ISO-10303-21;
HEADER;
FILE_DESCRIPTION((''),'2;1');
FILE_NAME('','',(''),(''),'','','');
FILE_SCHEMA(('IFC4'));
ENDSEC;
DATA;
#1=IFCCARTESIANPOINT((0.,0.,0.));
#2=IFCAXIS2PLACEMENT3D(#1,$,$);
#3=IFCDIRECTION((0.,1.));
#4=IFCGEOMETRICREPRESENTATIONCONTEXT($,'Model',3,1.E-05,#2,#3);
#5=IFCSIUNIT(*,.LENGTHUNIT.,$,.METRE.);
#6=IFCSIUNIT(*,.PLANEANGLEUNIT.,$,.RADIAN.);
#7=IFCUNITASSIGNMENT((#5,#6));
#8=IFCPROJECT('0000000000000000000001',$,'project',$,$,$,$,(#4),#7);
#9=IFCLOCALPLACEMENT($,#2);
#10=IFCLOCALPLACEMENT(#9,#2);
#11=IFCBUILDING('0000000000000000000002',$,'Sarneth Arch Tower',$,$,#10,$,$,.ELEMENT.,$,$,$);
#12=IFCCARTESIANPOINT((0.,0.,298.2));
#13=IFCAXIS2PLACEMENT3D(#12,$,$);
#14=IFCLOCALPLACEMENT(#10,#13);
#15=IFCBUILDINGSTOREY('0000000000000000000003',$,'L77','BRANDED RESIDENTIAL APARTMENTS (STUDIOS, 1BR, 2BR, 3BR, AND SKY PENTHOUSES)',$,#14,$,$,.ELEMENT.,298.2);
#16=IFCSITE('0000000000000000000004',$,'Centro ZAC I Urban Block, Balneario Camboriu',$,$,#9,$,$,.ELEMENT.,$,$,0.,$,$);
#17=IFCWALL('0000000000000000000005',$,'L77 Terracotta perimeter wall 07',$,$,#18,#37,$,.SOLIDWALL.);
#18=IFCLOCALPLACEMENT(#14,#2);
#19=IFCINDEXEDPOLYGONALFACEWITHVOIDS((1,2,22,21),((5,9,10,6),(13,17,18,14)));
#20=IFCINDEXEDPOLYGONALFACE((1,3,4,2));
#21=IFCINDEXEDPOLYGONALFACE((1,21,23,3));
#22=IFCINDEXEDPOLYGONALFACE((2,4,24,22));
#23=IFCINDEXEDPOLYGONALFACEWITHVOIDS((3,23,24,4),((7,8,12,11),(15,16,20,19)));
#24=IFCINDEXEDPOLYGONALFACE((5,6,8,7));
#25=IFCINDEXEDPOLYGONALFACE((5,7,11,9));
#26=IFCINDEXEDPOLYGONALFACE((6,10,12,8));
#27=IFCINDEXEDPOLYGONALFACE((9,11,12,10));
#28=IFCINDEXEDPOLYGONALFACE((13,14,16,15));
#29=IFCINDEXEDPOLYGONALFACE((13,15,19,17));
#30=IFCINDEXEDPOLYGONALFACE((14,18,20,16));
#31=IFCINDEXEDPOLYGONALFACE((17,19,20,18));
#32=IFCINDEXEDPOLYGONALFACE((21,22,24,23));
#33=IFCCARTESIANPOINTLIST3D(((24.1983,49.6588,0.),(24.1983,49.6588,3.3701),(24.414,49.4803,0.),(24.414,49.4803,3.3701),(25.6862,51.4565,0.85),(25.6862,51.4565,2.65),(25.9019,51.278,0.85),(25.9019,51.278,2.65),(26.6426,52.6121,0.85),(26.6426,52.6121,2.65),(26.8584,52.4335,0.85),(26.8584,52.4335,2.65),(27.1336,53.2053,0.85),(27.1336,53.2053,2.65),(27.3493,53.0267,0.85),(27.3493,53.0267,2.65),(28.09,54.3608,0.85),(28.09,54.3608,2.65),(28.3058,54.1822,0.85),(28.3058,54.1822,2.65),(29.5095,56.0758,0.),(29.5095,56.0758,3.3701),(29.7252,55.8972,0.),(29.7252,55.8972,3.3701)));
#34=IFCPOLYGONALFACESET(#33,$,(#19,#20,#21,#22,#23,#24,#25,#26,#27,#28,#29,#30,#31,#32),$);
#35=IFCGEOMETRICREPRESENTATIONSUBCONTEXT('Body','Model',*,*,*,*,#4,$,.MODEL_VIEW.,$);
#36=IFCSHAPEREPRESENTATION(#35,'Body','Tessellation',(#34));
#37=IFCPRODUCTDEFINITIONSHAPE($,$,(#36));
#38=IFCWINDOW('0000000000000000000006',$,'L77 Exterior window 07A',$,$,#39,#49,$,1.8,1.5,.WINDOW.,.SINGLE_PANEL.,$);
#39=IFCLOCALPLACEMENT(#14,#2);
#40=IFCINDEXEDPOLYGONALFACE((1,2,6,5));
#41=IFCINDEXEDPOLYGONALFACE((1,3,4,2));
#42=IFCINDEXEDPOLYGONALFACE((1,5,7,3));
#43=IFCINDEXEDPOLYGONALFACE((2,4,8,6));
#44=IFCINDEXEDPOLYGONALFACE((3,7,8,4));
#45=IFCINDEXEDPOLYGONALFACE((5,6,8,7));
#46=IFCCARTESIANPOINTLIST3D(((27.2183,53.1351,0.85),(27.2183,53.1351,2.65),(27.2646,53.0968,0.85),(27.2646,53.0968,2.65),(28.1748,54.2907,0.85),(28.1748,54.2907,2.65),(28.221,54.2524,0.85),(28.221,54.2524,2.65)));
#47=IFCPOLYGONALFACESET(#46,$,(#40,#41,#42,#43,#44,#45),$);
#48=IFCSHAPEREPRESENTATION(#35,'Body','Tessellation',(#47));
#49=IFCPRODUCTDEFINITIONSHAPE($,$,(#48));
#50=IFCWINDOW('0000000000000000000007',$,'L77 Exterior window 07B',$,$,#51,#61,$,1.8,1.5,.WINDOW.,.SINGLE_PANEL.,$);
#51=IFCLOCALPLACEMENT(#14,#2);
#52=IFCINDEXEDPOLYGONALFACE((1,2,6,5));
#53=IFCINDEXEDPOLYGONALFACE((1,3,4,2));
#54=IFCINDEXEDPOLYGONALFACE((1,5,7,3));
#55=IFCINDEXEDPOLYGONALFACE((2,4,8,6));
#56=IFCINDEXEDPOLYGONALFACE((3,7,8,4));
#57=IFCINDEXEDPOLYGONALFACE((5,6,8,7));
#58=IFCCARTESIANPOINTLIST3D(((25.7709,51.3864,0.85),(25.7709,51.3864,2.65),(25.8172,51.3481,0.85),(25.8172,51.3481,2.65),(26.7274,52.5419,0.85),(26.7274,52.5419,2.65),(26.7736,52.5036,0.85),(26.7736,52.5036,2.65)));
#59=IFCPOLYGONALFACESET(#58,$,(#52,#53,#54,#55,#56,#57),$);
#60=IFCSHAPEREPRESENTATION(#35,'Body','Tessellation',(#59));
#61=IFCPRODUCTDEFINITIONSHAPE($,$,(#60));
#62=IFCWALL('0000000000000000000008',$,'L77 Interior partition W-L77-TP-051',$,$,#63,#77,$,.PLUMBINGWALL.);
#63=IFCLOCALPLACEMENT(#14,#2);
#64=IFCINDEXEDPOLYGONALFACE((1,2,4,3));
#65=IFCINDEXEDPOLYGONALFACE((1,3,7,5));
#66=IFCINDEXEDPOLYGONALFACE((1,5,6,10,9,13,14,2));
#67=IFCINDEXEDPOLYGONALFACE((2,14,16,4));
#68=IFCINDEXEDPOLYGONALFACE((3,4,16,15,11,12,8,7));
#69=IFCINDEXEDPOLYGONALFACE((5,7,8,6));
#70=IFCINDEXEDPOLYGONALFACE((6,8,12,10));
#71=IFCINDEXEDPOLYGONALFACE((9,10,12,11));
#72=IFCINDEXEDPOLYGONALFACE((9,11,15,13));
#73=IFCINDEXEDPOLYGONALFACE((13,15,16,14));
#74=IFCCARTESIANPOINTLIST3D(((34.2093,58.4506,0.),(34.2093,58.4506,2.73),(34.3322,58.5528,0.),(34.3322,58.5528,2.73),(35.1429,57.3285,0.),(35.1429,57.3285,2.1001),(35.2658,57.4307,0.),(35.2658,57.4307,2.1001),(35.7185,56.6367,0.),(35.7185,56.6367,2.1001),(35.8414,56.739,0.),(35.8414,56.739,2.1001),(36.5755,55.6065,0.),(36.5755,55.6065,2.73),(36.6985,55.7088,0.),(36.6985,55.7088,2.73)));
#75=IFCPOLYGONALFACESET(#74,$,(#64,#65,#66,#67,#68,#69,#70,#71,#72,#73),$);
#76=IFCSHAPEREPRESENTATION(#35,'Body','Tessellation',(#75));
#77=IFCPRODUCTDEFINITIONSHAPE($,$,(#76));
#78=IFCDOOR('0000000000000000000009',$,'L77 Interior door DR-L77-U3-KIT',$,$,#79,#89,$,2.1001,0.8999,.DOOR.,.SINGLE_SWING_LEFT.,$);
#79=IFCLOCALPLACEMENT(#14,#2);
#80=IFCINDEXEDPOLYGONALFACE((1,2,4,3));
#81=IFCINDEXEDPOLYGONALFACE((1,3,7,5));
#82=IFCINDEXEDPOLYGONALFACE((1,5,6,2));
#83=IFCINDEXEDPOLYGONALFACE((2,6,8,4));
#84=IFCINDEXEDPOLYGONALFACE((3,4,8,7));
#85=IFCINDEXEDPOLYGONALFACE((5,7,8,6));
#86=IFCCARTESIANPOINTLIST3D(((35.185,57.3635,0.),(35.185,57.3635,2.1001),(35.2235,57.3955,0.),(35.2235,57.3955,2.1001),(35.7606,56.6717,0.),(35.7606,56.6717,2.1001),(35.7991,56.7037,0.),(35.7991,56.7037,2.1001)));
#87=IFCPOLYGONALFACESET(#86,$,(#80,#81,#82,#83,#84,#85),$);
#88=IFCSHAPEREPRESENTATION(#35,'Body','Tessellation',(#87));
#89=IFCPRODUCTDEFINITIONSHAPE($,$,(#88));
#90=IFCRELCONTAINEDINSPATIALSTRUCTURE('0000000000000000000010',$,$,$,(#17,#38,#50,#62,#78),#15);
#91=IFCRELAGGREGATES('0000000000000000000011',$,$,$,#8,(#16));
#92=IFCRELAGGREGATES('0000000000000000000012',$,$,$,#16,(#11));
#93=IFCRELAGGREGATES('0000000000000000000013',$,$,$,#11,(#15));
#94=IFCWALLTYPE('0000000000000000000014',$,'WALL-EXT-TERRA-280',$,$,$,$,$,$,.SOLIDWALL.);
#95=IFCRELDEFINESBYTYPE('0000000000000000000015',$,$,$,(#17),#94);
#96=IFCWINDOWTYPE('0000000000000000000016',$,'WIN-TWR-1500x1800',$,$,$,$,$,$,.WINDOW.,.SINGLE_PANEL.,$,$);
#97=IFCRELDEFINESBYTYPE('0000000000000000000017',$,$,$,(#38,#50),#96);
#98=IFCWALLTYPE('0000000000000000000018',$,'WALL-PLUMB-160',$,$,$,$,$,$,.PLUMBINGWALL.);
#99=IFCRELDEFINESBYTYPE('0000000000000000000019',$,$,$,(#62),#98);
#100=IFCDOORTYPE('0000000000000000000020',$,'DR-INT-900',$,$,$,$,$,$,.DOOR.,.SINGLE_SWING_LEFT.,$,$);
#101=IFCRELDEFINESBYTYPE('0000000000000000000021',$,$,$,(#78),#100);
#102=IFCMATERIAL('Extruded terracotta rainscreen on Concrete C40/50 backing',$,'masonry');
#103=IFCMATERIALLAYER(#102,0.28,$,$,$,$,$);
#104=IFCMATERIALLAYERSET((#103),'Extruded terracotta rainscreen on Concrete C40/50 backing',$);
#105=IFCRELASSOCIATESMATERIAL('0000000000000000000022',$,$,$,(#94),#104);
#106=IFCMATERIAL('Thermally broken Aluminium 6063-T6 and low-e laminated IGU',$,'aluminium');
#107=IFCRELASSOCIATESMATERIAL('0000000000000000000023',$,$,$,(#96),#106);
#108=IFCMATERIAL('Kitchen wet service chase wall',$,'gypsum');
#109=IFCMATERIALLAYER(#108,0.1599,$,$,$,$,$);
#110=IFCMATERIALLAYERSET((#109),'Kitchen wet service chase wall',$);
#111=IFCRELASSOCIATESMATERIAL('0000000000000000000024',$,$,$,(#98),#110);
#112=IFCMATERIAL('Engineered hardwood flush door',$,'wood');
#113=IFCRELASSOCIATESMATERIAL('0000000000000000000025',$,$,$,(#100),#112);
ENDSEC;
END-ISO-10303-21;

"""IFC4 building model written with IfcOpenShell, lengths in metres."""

from ifc_helpers import new_model, si_unit, direction, frame, frame_2d, origin, place, context, subcontext, project, spatial, rectangle, extrude, material, layer, layer_set, type_object, element, fill, save


model = new_model("IFC4")

# Units and contexts
model_context = context("Model", 3, precision=1e-05, world=origin(), true_north=direction((0.0, 1.0)))
body_context = subcontext(model_context, "Body", "Model", "MODEL_VIEW")
ifc_project = project(units=[si_unit("LENGTHUNIT", "METRE"), si_unit("PLANEANGLEUNIT", "RADIAN")], contexts=[model_context])

# Site, building, storey
site_placement = place(None, origin())
site = spatial("IfcSite", under=ifc_project, at=site_placement, Name="Centro ZAC I Urban Block, Balneario Camboriu", CompositionType="ELEMENT", RefElevation=0.0)
building_placement = place(site_placement, origin())
building = spatial("IfcBuilding", under=site, at=building_placement, Name="Sarneth Arch Tower", CompositionType="ELEMENT")
storey_placement = place(building_placement, frame((0.0, 0.0, 298.2)))
storey = spatial("IfcBuildingStorey", under=building, at=storey_placement, Name="L77", Description="BRANDED RESIDENTIAL APARTMENTS (STUDIOS, 1BR, 2BR, 3BR, AND SKY PENTHOUSES)", CompositionType="ELEMENT", Elevation=298.2)

# Wall, openings, windows
ifc_material_1 = material(Name="Extruded terracotta rainscreen on Concrete C40/50 backing", Category="masonry")
ifc_layer_1 = layer(ifc_material_1, 0.28)
ifc_layer_set_1 = layer_set([ifc_layer_1], Name="Extruded terracotta rainscreen on Concrete C40/50 backing")
wall_type_1 = type_object("IfcWallType", Name="WALL-EXT-TERRA-280", PredefinedType="SOLIDWALL", material=ifc_layer_set_1)
wall_1_placement = place(storey_placement, frame((29.6174, 55.9866, 0.0), z_axis=(0.0, 0.0, 1.0), x_axis=(-0.637615, -0.770355, 0.0)))
wall_1 = element("IfcWall", 1, at=wall_1_placement, inside=storey, type_object=wall_type_1, Name="L77 Terracotta perimeter wall 07", PredefinedType="SOLIDWALL", context=body_context, shape_type="SweptSolid", body=[
    extrude(rectangle(XDim=8.3298, YDim=0.28, at=frame_2d((4.165, 0.0))), origin(), (0.0, 0.0, 1.0), 3.3701),
])
opening_1_placement = place(wall_1_placement, frame((2.2263, 0.0, 0.8501)))
opening_1 = element("IfcOpeningElement", 2, at=opening_1_placement, cuts=wall_1, PredefinedType="OPENING", context=body_context, shape_type="SweptSolid", body=[
    extrude(rectangle(XDim=1.5, YDim=1.8, at=frame_2d((0.75, 0.8999))), frame((0.0, 0.1499, 0.0), z_axis=(0.0, -1.0, 0.0), x_axis=(1.0, 0.0, 0.0)), (0.0, 0.0, 1.0), 0.3),
])
opening_2_placement = place(wall_1_placement, frame((4.4963, 0.0, 0.8501)))
opening_2 = element("IfcOpeningElement", 3, at=opening_2_placement, cuts=wall_1, PredefinedType="OPENING", context=body_context, shape_type="SweptSolid", body=[
    extrude(rectangle(XDim=1.5, YDim=1.8, at=frame_2d((0.75, 0.8999))), frame((0.0, 0.1499, 0.0), z_axis=(0.0, -1.0, 0.0), x_axis=(1.0, 0.0, 0.0)), (0.0, 0.0, 1.0), 0.3),
])
ifc_material_2 = material(Name="Thermally broken Aluminium 6063-T6 and low-e laminated IGU", Category="aluminium")
window_type = type_object("IfcWindowType", Name="WIN-TWR-1500x1800", PartitioningType="SINGLE_PANEL", PredefinedType="WINDOW", material=ifc_material_2)
window_1_placement = place(opening_1_placement, origin())
window_1 = element("IfcWindow", 4, at=window_1_placement, inside=storey, type_object=window_type, Name="L77 Exterior window 07A", OverallHeight=1.8, OverallWidth=1.5, PartitioningType="SINGLE_PANEL", PredefinedType="WINDOW", context=body_context, shape_type="SweptSolid", body=[
    extrude(rectangle(XDim=1.5, YDim=1.8, at=frame_2d((0.75, 0.8999))), frame((0.0, 0.03, 0.0), z_axis=(0.0, -1.0, 0.0), x_axis=(1.0, 0.0, 0.0)), (0.0, 0.0, 1.0), 0.0601),
])
fill(opening_1, window_1)
window_2_placement = place(opening_2_placement, origin())
window_2 = element("IfcWindow", 5, at=window_2_placement, inside=storey, type_object=window_type, Name="L77 Exterior window 07B", OverallHeight=1.8, OverallWidth=1.5, PartitioningType="SINGLE_PANEL", PredefinedType="WINDOW", context=body_context, shape_type="SweptSolid", body=[
    extrude(rectangle(XDim=1.5, YDim=1.8, at=frame_2d((0.75, 0.8999))), frame((0.0, 0.03, 0.0), z_axis=(0.0, -1.0, 0.0), x_axis=(1.0, 0.0, 0.0)), (0.0, 0.0, 1.0), 0.0601),
])
fill(opening_2, window_2)

# Wall, opening, door
ifc_material_3 = material(Name="Kitchen wet service chase wall", Category="gypsum")
ifc_layer_2 = layer(ifc_material_3, 0.1599)
ifc_layer_set_2 = layer_set([ifc_layer_2], Name="Kitchen wet service chase wall")
wall_type_2 = type_object("IfcWallType", Name="WALL-PLUMB-160", PredefinedType="PLUMBINGWALL", material=ifc_layer_set_2)
wall_2_placement = place(storey_placement, frame((34.2708, 58.5017, 0.0), z_axis=(0.0, 0.0, 1.0), x_axis=(0.639581, -0.768724, 0.0)))
wall_2 = element("IfcWall", 6, at=wall_2_placement, inside=storey, type_object=wall_type_2, Name="L77 Interior partition W-L77-TP-051", PredefinedType="PLUMBINGWALL", context=body_context, shape_type="SweptSolid", body=[
    extrude(rectangle(XDim=3.6997, YDim=0.1599, at=frame_2d((1.8499, 0.0))), origin(), (0.0, 0.0, 1.0), 2.73),
])
opening_3_placement = place(wall_2_placement, frame((1.4597, 0.0, 0.0)))
opening_3 = element("IfcOpeningElement", 7, at=opening_3_placement, cuts=wall_2, PredefinedType="OPENING", context=body_context, shape_type="SweptSolid", body=[
    extrude(rectangle(XDim=0.8999, YDim=2.1001, at=frame_2d((0.45, 1.05))), frame((0.0, 0.0898, 0.0), z_axis=(0.0, -1.0, 0.0), x_axis=(1.0, 0.0, 0.0)), (0.0, 0.0, 1.0), 0.1799),
])
ifc_material_4 = material(Name="Engineered hardwood flush door", Category="wood")
door_type_1 = type_object("IfcDoorType", Name="DR-INT-900", OperationType="SINGLE_SWING_LEFT", PredefinedType="DOOR", material=ifc_material_4)
door_1_placement = place(opening_3_placement, origin())
door_1 = element("IfcDoor", 8, at=door_1_placement, inside=storey, type_object=door_type_1, Name="L77 Interior door DR-L77-U3-KIT", OperationType="SINGLE_SWING_LEFT", OverallHeight=2.1001, OverallWidth=0.8999, PredefinedType="DOOR", context=body_context, shape_type="SweptSolid", body=[
    extrude(rectangle(XDim=0.8999, YDim=2.1001, at=frame_2d((0.45, 1.05))), frame((0.0, 0.0249, 0.0), z_axis=(0.0, -1.0, 0.0), x_axis=(1.0, 0.0, 0.0)), (0.0, 0.0, 1.0), 0.05),
])
fill(opening_3, door_1)

save(model, "model.ifc")
